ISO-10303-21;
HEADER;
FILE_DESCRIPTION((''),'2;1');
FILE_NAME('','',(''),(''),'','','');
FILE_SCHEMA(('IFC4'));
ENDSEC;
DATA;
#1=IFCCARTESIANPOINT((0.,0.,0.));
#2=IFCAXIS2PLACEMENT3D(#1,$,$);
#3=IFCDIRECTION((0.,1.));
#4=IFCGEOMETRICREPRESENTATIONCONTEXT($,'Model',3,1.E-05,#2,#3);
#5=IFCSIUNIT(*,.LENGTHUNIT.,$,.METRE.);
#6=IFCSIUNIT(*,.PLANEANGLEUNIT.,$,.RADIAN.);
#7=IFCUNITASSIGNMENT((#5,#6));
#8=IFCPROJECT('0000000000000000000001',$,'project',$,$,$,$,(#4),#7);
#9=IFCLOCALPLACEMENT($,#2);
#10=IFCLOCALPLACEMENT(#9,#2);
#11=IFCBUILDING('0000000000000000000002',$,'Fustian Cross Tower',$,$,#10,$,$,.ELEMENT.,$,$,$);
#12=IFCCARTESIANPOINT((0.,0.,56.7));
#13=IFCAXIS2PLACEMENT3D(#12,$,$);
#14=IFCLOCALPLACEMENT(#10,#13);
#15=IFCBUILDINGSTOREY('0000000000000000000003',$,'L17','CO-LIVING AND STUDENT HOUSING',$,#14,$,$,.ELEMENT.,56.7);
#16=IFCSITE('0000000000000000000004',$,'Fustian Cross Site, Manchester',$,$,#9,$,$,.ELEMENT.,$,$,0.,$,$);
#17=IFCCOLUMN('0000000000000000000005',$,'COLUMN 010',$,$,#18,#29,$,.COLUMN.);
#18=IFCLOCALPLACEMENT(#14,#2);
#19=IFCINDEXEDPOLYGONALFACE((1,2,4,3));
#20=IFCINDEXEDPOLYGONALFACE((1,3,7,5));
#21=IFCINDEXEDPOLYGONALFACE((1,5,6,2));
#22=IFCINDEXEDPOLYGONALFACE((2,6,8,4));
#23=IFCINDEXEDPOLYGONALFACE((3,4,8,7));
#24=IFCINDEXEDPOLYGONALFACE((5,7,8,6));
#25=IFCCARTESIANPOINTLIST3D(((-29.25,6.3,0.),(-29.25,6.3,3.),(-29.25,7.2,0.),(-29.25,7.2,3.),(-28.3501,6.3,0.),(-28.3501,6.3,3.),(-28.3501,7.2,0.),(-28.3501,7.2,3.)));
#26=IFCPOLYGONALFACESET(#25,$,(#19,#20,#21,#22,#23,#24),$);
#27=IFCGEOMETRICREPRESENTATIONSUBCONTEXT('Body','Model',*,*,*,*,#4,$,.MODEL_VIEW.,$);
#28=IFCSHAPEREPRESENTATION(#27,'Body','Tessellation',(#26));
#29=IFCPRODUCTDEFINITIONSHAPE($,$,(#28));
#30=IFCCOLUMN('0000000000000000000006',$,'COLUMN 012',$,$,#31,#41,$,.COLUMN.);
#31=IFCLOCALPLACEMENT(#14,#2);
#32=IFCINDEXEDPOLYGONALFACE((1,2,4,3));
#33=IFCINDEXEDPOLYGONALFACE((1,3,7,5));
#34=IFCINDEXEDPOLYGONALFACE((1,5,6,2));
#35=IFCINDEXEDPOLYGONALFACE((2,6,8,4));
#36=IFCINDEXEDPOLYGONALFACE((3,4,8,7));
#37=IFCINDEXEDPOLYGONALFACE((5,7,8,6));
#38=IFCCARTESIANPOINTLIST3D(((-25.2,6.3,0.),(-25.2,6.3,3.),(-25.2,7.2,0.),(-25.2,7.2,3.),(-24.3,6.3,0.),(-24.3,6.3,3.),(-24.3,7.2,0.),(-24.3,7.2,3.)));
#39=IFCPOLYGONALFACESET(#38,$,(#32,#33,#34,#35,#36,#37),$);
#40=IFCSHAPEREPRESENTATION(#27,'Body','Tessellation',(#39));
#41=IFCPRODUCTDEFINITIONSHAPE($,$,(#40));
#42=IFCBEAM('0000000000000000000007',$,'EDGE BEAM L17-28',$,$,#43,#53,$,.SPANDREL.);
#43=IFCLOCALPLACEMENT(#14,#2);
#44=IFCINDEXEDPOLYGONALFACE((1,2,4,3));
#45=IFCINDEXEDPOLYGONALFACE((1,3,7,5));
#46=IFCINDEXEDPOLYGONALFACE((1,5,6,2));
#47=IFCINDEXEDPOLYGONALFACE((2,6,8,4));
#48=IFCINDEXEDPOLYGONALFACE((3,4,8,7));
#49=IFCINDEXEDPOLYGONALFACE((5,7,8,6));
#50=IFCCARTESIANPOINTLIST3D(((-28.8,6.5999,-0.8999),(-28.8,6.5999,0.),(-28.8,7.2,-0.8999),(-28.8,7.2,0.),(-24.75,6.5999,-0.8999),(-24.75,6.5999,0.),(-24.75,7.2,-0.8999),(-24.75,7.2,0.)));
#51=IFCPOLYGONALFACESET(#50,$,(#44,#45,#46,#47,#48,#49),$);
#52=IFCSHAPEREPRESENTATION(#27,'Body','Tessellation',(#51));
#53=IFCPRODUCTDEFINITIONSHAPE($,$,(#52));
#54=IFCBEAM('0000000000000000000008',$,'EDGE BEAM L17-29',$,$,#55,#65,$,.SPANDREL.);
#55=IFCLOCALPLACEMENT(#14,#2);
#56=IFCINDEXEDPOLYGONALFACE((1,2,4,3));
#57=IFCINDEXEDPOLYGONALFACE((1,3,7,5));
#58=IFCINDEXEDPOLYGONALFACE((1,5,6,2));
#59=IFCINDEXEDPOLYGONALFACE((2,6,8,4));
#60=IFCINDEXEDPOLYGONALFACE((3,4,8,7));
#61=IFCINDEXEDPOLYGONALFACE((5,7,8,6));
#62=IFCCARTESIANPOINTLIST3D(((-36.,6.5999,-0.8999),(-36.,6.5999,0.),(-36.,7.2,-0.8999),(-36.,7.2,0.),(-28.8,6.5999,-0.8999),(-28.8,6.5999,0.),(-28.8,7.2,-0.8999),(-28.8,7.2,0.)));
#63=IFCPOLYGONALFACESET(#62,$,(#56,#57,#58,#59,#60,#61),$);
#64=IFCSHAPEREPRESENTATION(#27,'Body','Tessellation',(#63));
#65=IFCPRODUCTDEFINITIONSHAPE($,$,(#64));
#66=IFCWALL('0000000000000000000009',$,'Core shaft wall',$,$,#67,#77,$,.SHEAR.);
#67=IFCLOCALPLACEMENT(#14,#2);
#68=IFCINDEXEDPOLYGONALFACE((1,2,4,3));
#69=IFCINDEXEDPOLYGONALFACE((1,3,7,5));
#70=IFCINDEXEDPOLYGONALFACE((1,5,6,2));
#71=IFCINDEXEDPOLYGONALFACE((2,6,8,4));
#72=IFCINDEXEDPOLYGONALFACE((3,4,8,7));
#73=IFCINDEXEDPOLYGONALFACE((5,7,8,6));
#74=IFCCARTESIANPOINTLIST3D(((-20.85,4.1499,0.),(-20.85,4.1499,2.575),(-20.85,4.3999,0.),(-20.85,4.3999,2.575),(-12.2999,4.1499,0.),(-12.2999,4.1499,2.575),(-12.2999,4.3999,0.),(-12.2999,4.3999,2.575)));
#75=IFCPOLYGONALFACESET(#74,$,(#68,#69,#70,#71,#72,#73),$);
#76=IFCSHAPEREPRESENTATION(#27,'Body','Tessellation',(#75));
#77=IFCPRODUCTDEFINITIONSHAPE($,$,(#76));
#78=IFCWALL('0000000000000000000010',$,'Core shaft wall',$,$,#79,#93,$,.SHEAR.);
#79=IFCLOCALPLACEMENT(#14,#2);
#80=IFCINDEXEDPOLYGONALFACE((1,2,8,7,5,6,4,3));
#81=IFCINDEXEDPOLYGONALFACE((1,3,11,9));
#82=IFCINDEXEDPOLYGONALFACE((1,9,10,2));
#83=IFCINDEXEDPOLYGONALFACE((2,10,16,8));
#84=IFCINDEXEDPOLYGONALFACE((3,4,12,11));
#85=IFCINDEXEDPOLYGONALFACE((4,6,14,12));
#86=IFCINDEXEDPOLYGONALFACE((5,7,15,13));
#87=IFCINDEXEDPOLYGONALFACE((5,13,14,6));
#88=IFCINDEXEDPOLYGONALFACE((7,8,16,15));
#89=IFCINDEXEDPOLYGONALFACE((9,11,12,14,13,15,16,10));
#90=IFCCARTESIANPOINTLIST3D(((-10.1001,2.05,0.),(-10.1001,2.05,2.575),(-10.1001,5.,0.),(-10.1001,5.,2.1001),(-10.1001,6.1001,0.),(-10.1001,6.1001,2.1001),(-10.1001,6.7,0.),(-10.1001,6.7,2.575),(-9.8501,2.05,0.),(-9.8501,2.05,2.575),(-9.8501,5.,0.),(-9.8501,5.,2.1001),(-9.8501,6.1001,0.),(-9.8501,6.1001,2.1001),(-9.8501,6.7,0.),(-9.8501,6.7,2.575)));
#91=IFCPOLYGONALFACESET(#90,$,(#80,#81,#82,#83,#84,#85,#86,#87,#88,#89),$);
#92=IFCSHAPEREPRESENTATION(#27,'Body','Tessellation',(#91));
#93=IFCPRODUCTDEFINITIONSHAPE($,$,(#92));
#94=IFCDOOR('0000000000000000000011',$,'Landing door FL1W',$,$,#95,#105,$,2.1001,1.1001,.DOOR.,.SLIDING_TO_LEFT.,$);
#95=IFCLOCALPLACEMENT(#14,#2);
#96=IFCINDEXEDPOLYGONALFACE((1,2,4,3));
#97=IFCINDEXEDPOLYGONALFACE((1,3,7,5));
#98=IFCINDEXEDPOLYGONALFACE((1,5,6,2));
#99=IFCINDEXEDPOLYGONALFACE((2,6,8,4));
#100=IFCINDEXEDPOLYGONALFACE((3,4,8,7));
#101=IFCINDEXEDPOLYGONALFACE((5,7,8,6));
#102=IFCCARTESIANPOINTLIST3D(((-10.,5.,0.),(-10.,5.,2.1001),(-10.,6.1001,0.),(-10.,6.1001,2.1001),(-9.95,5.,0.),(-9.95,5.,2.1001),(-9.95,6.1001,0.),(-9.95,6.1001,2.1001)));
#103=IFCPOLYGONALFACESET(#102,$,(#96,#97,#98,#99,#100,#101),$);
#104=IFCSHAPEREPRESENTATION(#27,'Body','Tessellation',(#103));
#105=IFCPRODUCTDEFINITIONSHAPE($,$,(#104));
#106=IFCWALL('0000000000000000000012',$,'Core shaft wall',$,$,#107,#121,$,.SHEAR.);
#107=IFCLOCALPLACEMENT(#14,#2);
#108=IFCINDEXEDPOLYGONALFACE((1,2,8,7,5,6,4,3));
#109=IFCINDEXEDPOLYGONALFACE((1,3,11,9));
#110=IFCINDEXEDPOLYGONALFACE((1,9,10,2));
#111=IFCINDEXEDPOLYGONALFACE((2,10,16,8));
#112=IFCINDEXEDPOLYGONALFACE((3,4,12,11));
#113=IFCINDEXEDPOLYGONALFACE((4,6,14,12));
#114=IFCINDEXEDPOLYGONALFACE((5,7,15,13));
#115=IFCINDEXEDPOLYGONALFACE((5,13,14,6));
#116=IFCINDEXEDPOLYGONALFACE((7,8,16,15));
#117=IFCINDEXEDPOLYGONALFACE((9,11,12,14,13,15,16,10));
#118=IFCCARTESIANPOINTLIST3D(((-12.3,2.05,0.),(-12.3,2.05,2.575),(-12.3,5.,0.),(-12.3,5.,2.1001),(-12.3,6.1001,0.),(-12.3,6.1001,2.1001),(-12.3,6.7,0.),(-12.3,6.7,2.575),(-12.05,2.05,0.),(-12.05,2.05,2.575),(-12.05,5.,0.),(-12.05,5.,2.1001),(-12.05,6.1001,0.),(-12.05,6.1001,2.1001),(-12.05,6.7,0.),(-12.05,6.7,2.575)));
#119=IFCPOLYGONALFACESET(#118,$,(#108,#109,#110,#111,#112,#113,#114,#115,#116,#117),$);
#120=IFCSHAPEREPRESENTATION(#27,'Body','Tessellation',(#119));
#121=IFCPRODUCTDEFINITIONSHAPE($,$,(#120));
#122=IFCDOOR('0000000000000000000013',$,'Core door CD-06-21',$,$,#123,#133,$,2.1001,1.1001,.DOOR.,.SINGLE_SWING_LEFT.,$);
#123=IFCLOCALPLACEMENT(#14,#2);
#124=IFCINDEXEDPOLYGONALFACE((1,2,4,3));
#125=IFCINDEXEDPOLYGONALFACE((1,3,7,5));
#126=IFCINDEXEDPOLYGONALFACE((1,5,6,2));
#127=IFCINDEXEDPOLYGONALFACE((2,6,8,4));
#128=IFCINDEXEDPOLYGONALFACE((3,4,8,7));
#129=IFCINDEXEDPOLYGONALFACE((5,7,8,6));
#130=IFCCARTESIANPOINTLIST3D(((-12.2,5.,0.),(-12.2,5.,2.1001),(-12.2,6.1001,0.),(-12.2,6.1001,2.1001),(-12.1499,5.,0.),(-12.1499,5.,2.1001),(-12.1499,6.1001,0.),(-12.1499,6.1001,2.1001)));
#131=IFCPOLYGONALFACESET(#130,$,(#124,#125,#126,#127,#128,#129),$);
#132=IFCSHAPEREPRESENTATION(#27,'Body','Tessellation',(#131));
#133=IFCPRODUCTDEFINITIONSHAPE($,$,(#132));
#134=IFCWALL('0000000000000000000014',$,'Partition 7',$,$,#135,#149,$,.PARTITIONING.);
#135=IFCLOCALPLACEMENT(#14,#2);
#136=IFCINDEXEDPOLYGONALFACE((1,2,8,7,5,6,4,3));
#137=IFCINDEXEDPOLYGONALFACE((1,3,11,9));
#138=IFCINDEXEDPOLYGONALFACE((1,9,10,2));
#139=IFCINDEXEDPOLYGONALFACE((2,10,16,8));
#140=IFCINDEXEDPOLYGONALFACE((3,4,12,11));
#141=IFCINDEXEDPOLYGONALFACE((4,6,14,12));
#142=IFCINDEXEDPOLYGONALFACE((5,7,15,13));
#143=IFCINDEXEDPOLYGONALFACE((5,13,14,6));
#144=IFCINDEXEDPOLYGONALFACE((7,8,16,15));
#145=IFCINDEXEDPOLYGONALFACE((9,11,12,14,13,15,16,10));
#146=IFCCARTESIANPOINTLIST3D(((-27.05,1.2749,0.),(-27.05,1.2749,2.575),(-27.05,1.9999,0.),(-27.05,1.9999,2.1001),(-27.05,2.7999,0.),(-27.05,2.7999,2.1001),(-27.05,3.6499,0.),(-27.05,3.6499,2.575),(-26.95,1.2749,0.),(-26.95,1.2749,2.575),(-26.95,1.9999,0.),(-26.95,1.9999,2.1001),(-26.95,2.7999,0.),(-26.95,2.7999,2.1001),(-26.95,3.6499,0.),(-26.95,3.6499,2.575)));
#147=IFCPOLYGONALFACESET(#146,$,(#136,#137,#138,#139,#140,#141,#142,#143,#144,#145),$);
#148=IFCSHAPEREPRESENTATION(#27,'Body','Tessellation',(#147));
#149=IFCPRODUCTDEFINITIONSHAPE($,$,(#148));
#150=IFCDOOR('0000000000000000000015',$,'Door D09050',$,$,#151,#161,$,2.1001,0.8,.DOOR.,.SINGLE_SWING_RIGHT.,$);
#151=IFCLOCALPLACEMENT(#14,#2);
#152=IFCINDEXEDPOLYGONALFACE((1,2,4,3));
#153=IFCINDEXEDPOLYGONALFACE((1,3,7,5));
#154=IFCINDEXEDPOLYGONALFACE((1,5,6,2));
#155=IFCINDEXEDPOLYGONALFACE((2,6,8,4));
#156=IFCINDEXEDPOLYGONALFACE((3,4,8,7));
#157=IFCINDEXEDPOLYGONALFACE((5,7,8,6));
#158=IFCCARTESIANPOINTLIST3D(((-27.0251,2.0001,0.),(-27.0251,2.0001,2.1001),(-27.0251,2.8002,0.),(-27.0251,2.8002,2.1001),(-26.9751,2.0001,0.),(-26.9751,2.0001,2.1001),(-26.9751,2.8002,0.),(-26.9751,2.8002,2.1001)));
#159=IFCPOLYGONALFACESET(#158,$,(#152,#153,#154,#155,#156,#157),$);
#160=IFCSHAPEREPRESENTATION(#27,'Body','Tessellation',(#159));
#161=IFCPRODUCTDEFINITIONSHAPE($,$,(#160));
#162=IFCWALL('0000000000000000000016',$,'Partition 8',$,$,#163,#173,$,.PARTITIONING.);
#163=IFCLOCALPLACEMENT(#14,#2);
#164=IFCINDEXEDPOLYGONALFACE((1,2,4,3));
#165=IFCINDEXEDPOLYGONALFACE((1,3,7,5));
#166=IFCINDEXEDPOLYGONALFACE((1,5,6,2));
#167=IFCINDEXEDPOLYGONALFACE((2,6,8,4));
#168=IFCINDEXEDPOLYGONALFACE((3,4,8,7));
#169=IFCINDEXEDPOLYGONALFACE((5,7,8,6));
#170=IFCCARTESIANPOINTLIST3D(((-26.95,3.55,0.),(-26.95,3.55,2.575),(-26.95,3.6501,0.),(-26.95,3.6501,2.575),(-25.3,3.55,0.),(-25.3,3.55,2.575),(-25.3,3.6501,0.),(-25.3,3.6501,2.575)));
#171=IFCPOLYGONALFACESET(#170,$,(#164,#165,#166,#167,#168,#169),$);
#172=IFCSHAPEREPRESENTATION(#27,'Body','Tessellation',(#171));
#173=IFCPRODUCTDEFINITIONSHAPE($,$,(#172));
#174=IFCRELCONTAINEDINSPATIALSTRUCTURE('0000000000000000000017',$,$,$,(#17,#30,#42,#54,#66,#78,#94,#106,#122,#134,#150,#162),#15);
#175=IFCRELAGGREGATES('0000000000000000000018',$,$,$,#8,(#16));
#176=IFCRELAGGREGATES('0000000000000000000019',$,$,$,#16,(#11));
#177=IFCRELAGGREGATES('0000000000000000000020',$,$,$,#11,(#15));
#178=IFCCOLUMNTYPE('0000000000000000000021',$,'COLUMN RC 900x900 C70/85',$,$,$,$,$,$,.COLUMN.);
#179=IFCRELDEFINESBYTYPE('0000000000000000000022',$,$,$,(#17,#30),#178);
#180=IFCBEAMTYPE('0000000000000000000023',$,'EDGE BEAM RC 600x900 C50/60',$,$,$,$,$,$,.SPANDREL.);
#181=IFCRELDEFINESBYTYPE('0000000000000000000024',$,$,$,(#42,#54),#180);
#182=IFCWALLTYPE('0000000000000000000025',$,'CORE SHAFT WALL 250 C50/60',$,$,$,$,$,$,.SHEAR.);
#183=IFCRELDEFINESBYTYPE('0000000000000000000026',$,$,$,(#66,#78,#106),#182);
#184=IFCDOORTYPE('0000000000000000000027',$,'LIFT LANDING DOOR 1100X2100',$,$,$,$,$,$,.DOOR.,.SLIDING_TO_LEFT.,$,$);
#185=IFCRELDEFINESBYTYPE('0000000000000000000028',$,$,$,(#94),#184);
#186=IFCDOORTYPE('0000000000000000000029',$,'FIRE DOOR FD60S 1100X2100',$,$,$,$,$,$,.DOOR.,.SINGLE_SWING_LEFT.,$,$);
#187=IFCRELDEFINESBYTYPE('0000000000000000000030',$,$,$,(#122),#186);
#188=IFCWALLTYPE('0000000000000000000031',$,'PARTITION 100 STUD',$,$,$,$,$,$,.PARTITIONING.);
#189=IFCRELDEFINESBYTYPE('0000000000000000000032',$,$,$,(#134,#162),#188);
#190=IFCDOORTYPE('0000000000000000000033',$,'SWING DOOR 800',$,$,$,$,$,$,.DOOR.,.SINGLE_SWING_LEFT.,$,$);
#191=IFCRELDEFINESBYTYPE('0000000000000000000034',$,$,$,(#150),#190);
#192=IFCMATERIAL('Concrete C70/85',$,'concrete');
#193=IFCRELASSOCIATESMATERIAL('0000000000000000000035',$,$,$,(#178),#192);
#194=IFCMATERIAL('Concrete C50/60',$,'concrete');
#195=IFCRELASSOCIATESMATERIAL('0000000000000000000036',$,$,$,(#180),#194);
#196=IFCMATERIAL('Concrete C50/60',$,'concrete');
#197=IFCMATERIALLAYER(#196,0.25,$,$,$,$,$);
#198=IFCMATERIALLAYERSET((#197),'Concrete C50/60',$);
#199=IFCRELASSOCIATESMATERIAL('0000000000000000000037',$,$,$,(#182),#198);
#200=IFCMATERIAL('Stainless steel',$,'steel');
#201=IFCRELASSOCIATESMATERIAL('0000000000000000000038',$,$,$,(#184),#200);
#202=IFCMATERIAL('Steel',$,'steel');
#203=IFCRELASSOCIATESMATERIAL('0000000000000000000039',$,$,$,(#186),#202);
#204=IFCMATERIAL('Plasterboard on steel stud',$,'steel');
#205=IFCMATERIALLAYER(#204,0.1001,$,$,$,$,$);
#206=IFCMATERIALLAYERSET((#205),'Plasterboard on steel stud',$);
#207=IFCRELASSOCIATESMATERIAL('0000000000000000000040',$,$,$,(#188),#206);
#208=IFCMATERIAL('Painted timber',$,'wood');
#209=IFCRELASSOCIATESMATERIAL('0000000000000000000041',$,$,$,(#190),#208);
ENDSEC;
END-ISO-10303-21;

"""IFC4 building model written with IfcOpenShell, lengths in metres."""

from ifc_helpers import new_model, si_unit, direction, frame, frame_2d, origin, origin_2d, place, context, subcontext, project, spatial, rectangle, extrude, material, layer, layer_set, material_profile, profile_set, type_object, element, fill, save


model = new_model("IFC4")

# Units and contexts
model_context = context("Model", 3, precision=1e-05, world=origin(), true_north=direction((0.0, 1.0)))
body_context = subcontext(model_context, "Body", "Model", "MODEL_VIEW")
ifc_project = project(units=[si_unit("LENGTHUNIT", "METRE"), si_unit("PLANEANGLEUNIT", "RADIAN")], contexts=[model_context])

# Site, building, storey
site_placement = place(None, origin())
site = spatial("IfcSite", under=ifc_project, at=site_placement, Name="Fustian Cross Site, Manchester", CompositionType="ELEMENT", RefElevation=0.0)
building_placement = place(site_placement, origin())
building = spatial("IfcBuilding", under=site, at=building_placement, Name="Fustian Cross Tower", CompositionType="ELEMENT")
storey_placement = place(building_placement, frame((0.0, 0.0, 56.7)))
storey = spatial("IfcBuildingStorey", under=building, at=storey_placement, Name="L17", Description="CO-LIVING AND STUDENT HOUSING", CompositionType="ELEMENT", Elevation=56.7)

# Columns
ifc_material_1 = material(Name="Concrete C70/85", Category="concrete")
ifc_material_profile_1 = material_profile(ifc_material_1, rectangle(XDim=0.8999, YDim=0.8999, at=origin_2d()), Name="RC 900x900")
ifc_profile_set_1 = profile_set([ifc_material_profile_1], Name="Concrete C70/85")
column_type = type_object("IfcColumnType", Name="COLUMN RC 900x900 C70/85", PredefinedType="COLUMN", material=ifc_profile_set_1)
for number, where, z_axis, x_axis, name in (
    (1, (-28.8, 6.75, 0.0), (0.0, 0.0, 1.0), (1.0, 0.0, 0.0), "COLUMN 010"),
    (2, (-24.75, 6.75, 0.0), (0.0, 0.0, 1.0), (1.0, 0.0, 0.0), "COLUMN 012"),
):
    element("IfcColumn", number, at=place(storey_placement, frame(where, z_axis=z_axis, x_axis=x_axis)), inside=storey, type_object=column_type, Name=name, PredefinedType="COLUMN", context=body_context, shape_type="SweptSolid", body=[
        extrude(rectangle(XDim=0.8999, YDim=0.8999, at=origin_2d()), origin(), (0.0, 0.0, 1.0), 3.0),
    ])

# Beams
ifc_material_2 = material(Name="Concrete C50/60", Category="concrete")
ifc_material_profile_2 = material_profile(ifc_material_2, rectangle(XDim=0.6001, YDim=0.8999, at=origin_2d()), Name="RC 600x900")
ifc_profile_set_2 = profile_set([ifc_material_profile_2], Name="Concrete C50/60")
beam_type = type_object("IfcBeamType", Name="EDGE BEAM RC 600x900 C50/60", PredefinedType="SPANDREL", material=ifc_profile_set_2)
beam_1_placement = place(storey_placement, frame((-24.75, 6.8999, -0.45), z_axis=(-1.0, 0.0, 0.0), x_axis=(0.0, -1.0, 0.0)))
element("IfcBeam", 3, at=beam_1_placement, inside=storey, type_object=beam_type, Name="EDGE BEAM L17-28", PredefinedType="SPANDREL", context=body_context, shape_type="SweptSolid", body=[
    extrude(rectangle(XDim=0.6001, YDim=0.8999, at=origin_2d()), origin(), (0.0, 0.0, 1.0), 4.05),
])
beam_2_placement = place(storey_placement, frame((-28.8, 6.8999, -0.45), z_axis=(-1.0, 0.0, 0.0), x_axis=(0.0, -1.0, 0.0)))
element("IfcBeam", 4, at=beam_2_placement, inside=storey, type_object=beam_type, Name="EDGE BEAM L17-29", PredefinedType="SPANDREL", context=body_context, shape_type="SweptSolid", body=[
    extrude(rectangle(XDim=0.6001, YDim=0.8999, at=origin_2d()), origin(), (0.0, 0.0, 1.0), 7.2),
])

# Wall
ifc_material_3 = material(Name="Concrete C50/60", Category="concrete")
ifc_layer_1 = layer(ifc_material_3, 0.25)
ifc_layer_set_1 = layer_set([ifc_layer_1], Name="Concrete C50/60")
wall_type_1 = type_object("IfcWallType", Name="CORE SHAFT WALL 250 C50/60", PredefinedType="SHEAR", material=ifc_layer_set_1)
wall_1_placement = place(storey_placement, frame((-12.3, 4.2749, 0.0), z_axis=(0.0, 0.0, 1.0), x_axis=(-1.0, 0.0, 0.0)))
element("IfcWall", 5, at=wall_1_placement, inside=storey, type_object=wall_type_1, Name="Core shaft wall", PredefinedType="SHEAR", context=body_context, shape_type="SweptSolid", body=[
    extrude(rectangle(XDim=8.55, YDim=0.25, at=frame_2d((4.2749, 0.0))), origin(), (0.0, 0.0, 1.0), 2.575),
])

# Walls, openings, doors
wall_2_placement = place(storey_placement, frame((-9.9751, 2.05, 0.0), z_axis=(0.0, 0.0, 1.0), x_axis=(0.0, 1.0, 0.0)))
wall_2 = element("IfcWall", 6, at=wall_2_placement, inside=storey, type_object=wall_type_1, Name="Core shaft wall", PredefinedType="SHEAR", context=body_context, shape_type="SweptSolid", body=[
    extrude(rectangle(XDim=4.6499, YDim=0.25, at=frame_2d((2.325, 0.0))), origin(), (0.0, 0.0, 1.0), 2.575),
])
opening_1_placement = place(wall_2_placement, frame((2.95, 0.0, 0.0)))
opening_1 = element("IfcOpeningElement", 7, at=opening_1_placement, cuts=wall_2, PredefinedType="OPENING", context=body_context, shape_type="SweptSolid", body=[
    extrude(rectangle(XDim=1.1001, YDim=2.1001, at=frame_2d((0.55, 1.05))), frame((0.0, 0.135, 0.0), z_axis=(0.0, -1.0, 0.0), x_axis=(1.0, 0.0, 0.0)), (0.0, 0.0, 1.0), 0.27),
])
ifc_material_4 = material(Name="Stainless steel", Category="steel")
door_type_1 = type_object("IfcDoorType", Name="LIFT LANDING DOOR 1100X2100", OperationType="SLIDING_TO_LEFT", PredefinedType="DOOR", material=ifc_material_4)
door_1_placement = place(opening_1_placement, origin())
door_1 = element("IfcDoor", 8, at=door_1_placement, inside=storey, type_object=door_type_1, Name="Landing door FL1W", OperationType="SLIDING_TO_LEFT", OverallHeight=2.1001, OverallWidth=1.1001, PredefinedType="DOOR", context=body_context, shape_type="SweptSolid", body=[
    extrude(rectangle(XDim=1.1001, YDim=2.1001, at=frame_2d((0.55, 1.05))), frame((0.0, 0.0249, 0.0), z_axis=(0.0, -1.0, 0.0), x_axis=(1.0, 0.0, 0.0)), (0.0, 0.0, 1.0), 0.05),
])
fill(opening_1, door_1)
wall_3_placement = place(storey_placement, frame((-12.175, 2.05, 0.0), z_axis=(0.0, 0.0, 1.0), x_axis=(0.0, 1.0, 0.0)))
wall_3 = element("IfcWall", 9, at=wall_3_placement, inside=storey, type_object=wall_type_1, Name="Core shaft wall", PredefinedType="SHEAR", context=body_context, shape_type="SweptSolid", body=[
    extrude(rectangle(XDim=4.6499, YDim=0.25, at=frame_2d((2.325, 0.0))), origin(), (0.0, 0.0, 1.0), 2.575),
])
opening_2_placement = place(wall_3_placement, frame((2.95, 0.0, 0.0)))
opening_2 = element("IfcOpeningElement", 10, at=opening_2_placement, cuts=wall_3, PredefinedType="OPENING", context=body_context, shape_type="SweptSolid", body=[
    extrude(rectangle(XDim=1.1001, YDim=2.1001, at=frame_2d((0.55, 1.05))), frame((0.0, 0.135, 0.0), z_axis=(0.0, -1.0, 0.0), x_axis=(1.0, 0.0, 0.0)), (0.0, 0.0, 1.0), 0.27),
])
ifc_material_5 = material(Name="Steel", Category="steel")
door_type_2 = type_object("IfcDoorType", Name="FIRE DOOR FD60S 1100X2100", OperationType="SINGLE_SWING_LEFT", PredefinedType="DOOR", material=ifc_material_5)
door_2_placement = place(opening_2_placement, origin())
door_2 = element("IfcDoor", 11, at=door_2_placement, inside=storey, type_object=door_type_2, Name="Core door CD-06-21", OperationType="SINGLE_SWING_LEFT", OverallHeight=2.1001, OverallWidth=1.1001, PredefinedType="DOOR", context=body_context, shape_type="SweptSolid", body=[
    extrude(rectangle(XDim=1.1001, YDim=2.1001, at=frame_2d((0.55, 1.05))), frame((0.0, 0.0249, 0.0), z_axis=(0.0, -1.0, 0.0), x_axis=(1.0, 0.0, 0.0)), (0.0, 0.0, 1.0), 0.05),
])
fill(opening_2, door_2)
ifc_material_6 = material(Name="Plasterboard on steel stud", Category="steel")
ifc_layer_2 = layer(ifc_material_6, 0.1001)
ifc_layer_set_2 = layer_set([ifc_layer_2], Name="Plasterboard on steel stud")
wall_type_2 = type_object("IfcWallType", Name="PARTITION 100 STUD", PredefinedType="PARTITIONING", material=ifc_layer_set_2)
wall_4_placement = place(storey_placement, frame((-27.0, 1.2749, 0.0), z_axis=(0.0, 0.0, 1.0), x_axis=(0.0, 1.0, 0.0)))
wall_4 = element("IfcWall", 12, at=wall_4_placement, inside=storey, type_object=wall_type_2, Name="Partition 7", PredefinedType="PARTITIONING", context=body_context, shape_type="SweptSolid", body=[
    extrude(rectangle(XDim=2.375, YDim=0.1001, at=frame_2d((1.1875, 0.0))), origin(), (0.0, 0.0, 1.0), 2.575),
])
opening_3_placement = place(wall_4_placement, frame((0.7251, 0.0, 0.0)))
opening_3 = element("IfcOpeningElement", 13, at=opening_3_placement, cuts=wall_4, PredefinedType="OPENING", context=body_context, shape_type="SweptSolid", body=[
    extrude(rectangle(XDim=0.8, YDim=2.1001, at=frame_2d((0.3999, 1.05))), frame((0.0, 0.0601, 0.0), z_axis=(0.0, -1.0, 0.0), x_axis=(1.0, 0.0, 0.0)), (0.0, 0.0, 1.0), 0.1201),
])
ifc_material_7 = material(Name="Painted timber", Category="wood")
door_type_3 = type_object("IfcDoorType", Name="SWING DOOR 800", OperationType="SINGLE_SWING_LEFT", PredefinedType="DOOR", material=ifc_material_7)
door_3_placement = place(opening_3_placement, frame((0.8, 0.0, 0.0), z_axis=(0.0, 0.0, 1.0), x_axis=(-1.0, 0.0, 0.0)))
door_3 = element("IfcDoor", 14, at=door_3_placement, inside=storey, type_object=door_type_3, Name="Door D09050", OperationType="SINGLE_SWING_RIGHT", OverallHeight=2.1001, OverallWidth=0.8, PredefinedType="DOOR", context=body_context, shape_type="SweptSolid", body=[
    extrude(rectangle(XDim=0.8, YDim=2.1001, at=frame_2d((0.3999, 1.05))), frame((0.0, 0.0249, 0.0), z_axis=(0.0, -1.0, 0.0), x_axis=(1.0, 0.0, 0.0)), (0.0, 0.0, 1.0), 0.05),
])
fill(opening_3, door_3)

# Wall
wall_5_placement = place(storey_placement, frame((-26.95, 3.6001, 0.0), z_axis=(0.0, 0.0, 1.0), x_axis=(1.0, 0.0, 0.0)))
element("IfcWall", 15, at=wall_5_placement, inside=storey, type_object=wall_type_2, Name="Partition 8", PredefinedType="PARTITIONING", context=body_context, shape_type="SweptSolid", body=[
    extrude(rectangle(XDim=1.6499, YDim=0.1001, at=frame_2d((0.825, 0.0))), origin(), (0.0, 0.0, 1.0), 2.575),
])

save(model, "model.ifc")
